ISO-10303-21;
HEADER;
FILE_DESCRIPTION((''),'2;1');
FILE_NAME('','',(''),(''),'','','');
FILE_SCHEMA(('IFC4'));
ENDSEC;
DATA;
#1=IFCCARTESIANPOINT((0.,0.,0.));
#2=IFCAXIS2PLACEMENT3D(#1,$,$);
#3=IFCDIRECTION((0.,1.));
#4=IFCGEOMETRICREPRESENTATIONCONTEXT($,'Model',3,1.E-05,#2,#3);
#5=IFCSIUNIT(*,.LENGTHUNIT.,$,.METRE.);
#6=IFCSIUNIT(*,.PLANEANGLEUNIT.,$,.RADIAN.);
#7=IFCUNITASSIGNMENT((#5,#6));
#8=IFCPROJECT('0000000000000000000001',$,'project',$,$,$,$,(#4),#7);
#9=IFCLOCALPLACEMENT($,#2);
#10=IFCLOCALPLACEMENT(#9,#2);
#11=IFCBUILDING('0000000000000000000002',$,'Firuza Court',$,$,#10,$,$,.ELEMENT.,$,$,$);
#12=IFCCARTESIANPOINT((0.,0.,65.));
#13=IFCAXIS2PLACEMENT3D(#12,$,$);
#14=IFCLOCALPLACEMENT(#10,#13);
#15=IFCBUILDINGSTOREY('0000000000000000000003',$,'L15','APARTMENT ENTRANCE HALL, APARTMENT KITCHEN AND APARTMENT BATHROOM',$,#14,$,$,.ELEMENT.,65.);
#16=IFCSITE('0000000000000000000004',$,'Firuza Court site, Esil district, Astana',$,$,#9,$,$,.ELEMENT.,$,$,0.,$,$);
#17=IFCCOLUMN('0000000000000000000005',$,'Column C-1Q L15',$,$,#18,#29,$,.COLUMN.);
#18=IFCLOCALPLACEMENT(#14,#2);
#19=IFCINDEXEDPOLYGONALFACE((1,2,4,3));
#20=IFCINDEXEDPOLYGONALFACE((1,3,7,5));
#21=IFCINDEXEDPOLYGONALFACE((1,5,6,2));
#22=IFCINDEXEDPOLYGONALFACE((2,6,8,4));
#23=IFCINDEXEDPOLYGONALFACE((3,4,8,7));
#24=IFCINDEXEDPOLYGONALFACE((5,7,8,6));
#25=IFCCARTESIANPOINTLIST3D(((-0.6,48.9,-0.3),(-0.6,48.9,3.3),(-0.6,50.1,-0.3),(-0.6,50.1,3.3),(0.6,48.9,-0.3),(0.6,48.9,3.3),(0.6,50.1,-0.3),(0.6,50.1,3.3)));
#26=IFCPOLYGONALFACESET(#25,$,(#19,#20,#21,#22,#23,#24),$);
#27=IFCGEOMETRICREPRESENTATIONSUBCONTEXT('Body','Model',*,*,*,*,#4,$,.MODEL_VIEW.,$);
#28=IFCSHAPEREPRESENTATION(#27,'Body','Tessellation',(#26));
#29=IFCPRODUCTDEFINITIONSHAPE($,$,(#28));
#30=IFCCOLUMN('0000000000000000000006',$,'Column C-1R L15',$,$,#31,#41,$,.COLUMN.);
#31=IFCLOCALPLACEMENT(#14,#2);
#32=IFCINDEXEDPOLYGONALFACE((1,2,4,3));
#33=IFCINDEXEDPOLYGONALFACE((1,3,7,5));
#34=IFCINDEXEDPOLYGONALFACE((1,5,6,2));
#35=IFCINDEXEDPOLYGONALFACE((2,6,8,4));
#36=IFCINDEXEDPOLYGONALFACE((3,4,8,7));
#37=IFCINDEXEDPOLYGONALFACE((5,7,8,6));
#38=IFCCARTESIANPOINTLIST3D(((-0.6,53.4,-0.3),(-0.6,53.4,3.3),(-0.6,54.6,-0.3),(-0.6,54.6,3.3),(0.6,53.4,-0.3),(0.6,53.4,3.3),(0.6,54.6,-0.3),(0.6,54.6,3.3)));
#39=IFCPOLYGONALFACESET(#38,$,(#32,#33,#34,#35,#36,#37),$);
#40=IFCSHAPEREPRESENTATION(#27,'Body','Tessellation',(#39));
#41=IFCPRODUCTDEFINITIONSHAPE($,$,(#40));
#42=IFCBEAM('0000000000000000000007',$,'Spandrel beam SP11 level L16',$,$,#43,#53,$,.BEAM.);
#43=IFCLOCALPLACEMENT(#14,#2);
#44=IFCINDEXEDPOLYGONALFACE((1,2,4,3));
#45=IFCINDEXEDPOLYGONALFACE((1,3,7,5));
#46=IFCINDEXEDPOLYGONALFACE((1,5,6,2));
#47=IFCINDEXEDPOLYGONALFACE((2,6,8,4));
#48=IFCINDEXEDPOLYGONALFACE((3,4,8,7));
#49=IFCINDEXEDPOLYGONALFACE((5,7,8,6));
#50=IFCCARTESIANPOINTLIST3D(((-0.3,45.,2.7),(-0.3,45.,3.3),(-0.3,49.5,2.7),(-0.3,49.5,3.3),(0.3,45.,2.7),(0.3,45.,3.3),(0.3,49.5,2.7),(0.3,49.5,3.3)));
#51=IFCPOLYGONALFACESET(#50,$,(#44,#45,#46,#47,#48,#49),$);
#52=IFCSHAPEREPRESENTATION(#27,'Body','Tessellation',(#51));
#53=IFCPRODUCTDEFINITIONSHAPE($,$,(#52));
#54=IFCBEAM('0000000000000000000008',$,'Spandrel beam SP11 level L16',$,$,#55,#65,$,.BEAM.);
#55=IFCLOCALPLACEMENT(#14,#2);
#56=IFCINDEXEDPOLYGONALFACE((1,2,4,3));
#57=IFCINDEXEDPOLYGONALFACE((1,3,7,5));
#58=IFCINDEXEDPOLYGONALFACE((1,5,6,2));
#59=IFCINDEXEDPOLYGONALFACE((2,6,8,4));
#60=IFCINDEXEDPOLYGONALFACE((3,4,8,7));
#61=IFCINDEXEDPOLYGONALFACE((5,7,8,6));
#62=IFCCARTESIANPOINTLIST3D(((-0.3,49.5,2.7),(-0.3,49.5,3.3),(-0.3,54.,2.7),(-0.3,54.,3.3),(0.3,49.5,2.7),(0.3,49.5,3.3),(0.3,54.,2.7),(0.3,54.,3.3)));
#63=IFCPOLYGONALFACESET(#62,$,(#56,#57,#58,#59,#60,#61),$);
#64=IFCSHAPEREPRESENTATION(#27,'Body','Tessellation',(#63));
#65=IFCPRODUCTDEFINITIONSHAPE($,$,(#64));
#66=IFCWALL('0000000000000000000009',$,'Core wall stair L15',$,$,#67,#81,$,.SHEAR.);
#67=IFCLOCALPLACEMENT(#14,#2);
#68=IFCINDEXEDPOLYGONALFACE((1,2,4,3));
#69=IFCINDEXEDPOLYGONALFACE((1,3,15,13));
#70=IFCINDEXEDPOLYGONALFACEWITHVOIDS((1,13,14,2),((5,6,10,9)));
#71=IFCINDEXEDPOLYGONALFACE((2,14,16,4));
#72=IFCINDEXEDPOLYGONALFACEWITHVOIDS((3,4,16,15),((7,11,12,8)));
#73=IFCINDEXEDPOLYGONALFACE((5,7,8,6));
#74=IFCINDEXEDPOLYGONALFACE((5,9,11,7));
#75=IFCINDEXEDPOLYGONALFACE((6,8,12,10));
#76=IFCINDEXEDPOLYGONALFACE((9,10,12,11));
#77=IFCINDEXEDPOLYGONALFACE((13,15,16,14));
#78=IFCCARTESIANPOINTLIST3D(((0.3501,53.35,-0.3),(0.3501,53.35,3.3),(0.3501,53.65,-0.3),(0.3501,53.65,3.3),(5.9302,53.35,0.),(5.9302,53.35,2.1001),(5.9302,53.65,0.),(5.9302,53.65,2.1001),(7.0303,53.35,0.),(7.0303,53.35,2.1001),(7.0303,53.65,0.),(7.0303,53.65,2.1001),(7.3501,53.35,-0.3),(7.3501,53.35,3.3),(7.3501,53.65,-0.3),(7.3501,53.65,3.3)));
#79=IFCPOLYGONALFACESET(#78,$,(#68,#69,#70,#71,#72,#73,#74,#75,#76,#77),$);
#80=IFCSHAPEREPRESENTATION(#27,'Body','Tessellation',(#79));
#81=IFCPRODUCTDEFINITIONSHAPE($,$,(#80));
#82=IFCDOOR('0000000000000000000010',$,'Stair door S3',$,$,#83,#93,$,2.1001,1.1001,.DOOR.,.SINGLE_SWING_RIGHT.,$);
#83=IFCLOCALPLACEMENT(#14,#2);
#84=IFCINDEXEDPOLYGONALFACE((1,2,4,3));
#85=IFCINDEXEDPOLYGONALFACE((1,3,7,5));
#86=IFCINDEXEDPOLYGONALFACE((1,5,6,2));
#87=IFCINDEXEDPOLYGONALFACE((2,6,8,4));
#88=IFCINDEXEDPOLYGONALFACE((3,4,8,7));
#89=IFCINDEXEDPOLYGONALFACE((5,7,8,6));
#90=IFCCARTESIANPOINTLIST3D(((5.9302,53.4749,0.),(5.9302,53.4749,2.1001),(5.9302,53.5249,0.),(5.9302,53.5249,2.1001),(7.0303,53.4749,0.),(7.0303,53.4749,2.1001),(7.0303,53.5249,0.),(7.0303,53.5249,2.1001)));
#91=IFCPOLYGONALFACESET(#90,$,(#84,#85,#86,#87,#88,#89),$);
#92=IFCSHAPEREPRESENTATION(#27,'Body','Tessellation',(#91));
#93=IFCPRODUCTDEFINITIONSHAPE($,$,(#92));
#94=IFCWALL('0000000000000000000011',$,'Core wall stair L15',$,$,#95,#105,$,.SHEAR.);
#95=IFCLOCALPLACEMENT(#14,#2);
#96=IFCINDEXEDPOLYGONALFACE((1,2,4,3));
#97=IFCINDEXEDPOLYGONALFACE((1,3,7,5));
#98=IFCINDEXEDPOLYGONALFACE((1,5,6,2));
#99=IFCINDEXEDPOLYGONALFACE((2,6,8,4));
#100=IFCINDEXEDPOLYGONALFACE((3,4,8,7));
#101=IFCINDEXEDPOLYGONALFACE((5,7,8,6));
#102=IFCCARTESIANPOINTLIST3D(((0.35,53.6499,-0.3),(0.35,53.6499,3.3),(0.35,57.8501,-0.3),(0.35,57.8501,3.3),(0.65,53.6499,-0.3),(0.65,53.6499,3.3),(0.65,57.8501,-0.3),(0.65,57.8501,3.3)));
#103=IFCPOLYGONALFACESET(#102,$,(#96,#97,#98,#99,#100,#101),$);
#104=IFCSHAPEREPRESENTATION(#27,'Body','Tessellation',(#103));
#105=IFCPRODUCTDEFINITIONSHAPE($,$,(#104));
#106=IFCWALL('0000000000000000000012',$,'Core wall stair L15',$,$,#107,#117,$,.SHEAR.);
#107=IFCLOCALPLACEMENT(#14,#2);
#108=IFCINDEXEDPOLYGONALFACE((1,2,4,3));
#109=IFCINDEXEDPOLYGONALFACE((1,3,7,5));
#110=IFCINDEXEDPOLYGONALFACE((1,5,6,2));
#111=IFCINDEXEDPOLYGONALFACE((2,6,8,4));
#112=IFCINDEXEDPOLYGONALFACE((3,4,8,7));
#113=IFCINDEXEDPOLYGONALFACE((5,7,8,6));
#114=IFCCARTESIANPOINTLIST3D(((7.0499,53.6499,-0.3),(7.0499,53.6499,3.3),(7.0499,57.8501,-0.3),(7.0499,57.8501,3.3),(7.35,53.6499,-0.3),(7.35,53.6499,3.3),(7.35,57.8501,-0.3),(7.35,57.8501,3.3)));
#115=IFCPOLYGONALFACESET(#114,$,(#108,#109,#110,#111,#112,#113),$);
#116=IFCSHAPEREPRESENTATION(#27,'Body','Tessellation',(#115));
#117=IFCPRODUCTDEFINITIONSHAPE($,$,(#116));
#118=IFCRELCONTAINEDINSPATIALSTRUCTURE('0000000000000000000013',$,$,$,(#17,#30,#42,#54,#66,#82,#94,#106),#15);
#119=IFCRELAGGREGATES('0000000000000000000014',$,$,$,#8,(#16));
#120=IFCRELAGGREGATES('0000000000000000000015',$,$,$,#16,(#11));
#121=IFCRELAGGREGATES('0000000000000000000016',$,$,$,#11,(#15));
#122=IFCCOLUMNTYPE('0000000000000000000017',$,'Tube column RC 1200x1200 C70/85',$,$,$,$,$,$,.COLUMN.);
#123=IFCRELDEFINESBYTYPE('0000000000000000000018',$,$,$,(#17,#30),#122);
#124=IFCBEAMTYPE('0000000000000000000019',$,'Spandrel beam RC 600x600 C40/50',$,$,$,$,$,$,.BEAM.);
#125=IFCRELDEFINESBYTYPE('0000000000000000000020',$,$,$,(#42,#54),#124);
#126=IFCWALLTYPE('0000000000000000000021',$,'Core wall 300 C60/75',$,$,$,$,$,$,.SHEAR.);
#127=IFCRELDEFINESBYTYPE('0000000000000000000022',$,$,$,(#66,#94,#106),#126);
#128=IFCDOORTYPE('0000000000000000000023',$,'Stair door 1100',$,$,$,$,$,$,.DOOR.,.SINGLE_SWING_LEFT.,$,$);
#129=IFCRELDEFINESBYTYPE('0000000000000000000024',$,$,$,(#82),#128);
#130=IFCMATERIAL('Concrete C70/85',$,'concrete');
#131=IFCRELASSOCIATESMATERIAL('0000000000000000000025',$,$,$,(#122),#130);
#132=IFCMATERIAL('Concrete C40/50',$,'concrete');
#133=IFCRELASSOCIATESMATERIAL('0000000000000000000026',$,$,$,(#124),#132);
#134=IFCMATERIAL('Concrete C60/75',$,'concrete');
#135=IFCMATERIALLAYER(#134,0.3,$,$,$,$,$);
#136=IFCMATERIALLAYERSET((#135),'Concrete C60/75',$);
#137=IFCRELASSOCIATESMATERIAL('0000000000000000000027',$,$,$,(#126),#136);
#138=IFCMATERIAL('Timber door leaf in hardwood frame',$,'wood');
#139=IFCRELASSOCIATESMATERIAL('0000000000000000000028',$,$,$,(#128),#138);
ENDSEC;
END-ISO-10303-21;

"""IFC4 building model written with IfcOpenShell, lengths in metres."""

from ifc_helpers import new_model, si_unit, direction, frame, frame_2d, origin, origin_2d, place, context, subcontext, project, spatial, rectangle, extrude, material, layer, layer_set, material_profile, profile_set, type_object, element, fill, save


model = new_model("IFC4")

# Units and contexts
model_context = context("Model", 3, precision=1e-05, world=origin(), true_north=direction((0.0, 1.0)))
body_context = subcontext(model_context, "Body", "Model", "MODEL_VIEW")
ifc_project = project(units=[si_unit("LENGTHUNIT", "METRE"), si_unit("PLANEANGLEUNIT", "RADIAN")], contexts=[model_context])

# Site, building, storey
site_placement = place(None, origin())
site = spatial("IfcSite", under=ifc_project, at=site_placement, Name="Firuza Court site, Esil district, Astana", CompositionType="ELEMENT", RefElevation=0.0)
building_placement = place(site_placement, origin())
building = spatial("IfcBuilding", under=site, at=building_placement, Name="Firuza Court", CompositionType="ELEMENT")
storey_placement = place(building_placement, frame((0.0, 0.0, 65.0)))
storey = spatial("IfcBuildingStorey", under=building, at=storey_placement, Name="L15", Description="APARTMENT ENTRANCE HALL, APARTMENT KITCHEN AND APARTMENT BATHROOM", CompositionType="ELEMENT", Elevation=65.0)

# Columns
ifc_material_1 = material(Name="Concrete C70/85", Category="concrete")
ifc_material_profile_1 = material_profile(ifc_material_1, rectangle(XDim=1.2, YDim=1.2, at=origin_2d()), Name="RC 1200x1200")
ifc_profile_set_1 = profile_set([ifc_material_profile_1], Name="Concrete C70/85")
column_type = type_object("IfcColumnType", Name="Tube column RC 1200x1200 C70/85", PredefinedType="COLUMN", material=ifc_profile_set_1)
for number, where, z_axis, x_axis, name in (
    (1, (0.0, 49.5, -0.3), (0.0, 0.0, 1.0), (1.0, 0.0, 0.0), "Column C-1Q L15"),
    (2, (0.0, 54.0, -0.3), (0.0, 0.0, 1.0), (1.0, 0.0, 0.0), "Column C-1R L15"),
):
    element("IfcColumn", number, at=place(storey_placement, frame(where, z_axis=z_axis, x_axis=x_axis)), inside=storey, type_object=column_type, Name=name, PredefinedType="COLUMN", context=body_context, shape_type="SweptSolid", body=[
        extrude(rectangle(XDim=1.2, YDim=1.2, at=origin_2d()), origin(), (0.0, 0.0, 1.0), 3.6001),
    ])

# Beams
ifc_material_2 = material(Name="Concrete C40/50", Category="concrete")
ifc_material_profile_2 = material_profile(ifc_material_2, rectangle(XDim=0.6001, YDim=0.6001, at=origin_2d()), Name="RC 600x600")
ifc_profile_set_2 = profile_set([ifc_material_profile_2], Name="Concrete C40/50")
beam_type = type_object("IfcBeamType", Name="Spandrel beam RC 600x600 C40/50", PredefinedType="BEAM", material=ifc_profile_set_2)
for number, where, z_axis, x_axis, name in (
    (3, (0.0, 49.5, 3.0), (0.0, -1.0, 0.0), (1.0, 0.0, 0.0), "Spandrel beam SP11 level L16"),
    (4, (0.0, 54.0, 3.0), (0.0, -1.0, 0.0), (1.0, 0.0, 0.0), "Spandrel beam SP11 level L16"),
):
    element("IfcBeam", number, at=place(storey_placement, frame(where, z_axis=z_axis, x_axis=x_axis)), inside=storey, type_object=beam_type, Name=name, PredefinedType="BEAM", context=body_context, shape_type="SweptSolid", body=[
        extrude(rectangle(XDim=0.6001, YDim=0.6001, at=origin_2d()), origin(), (0.0, 0.0, 1.0), 4.5),
    ])

# Wall, opening, door
ifc_material_3 = material(Name="Concrete C60/75", Category="concrete")
ifc_layer_1 = layer(ifc_material_3, 0.3)
ifc_layer_set_1 = layer_set([ifc_layer_1], Name="Concrete C60/75")
wall_type_1 = type_object("IfcWallType", Name="Core wall 300 C60/75", PredefinedType="SHEAR", material=ifc_layer_set_1)
wall_1_placement = place(storey_placement, frame((0.3501, 53.5, -0.3), z_axis=(0.0, 0.0, 1.0), x_axis=(1.0, 0.0, 0.0)))
wall_1 = element("IfcWall", 5, at=wall_1_placement, inside=storey, type_object=wall_type_1, Name="Core wall stair L15", PredefinedType="SHEAR", context=body_context, shape_type="SweptSolid", body=[
    extrude(rectangle(XDim=7.0, YDim=0.3, at=frame_2d((3.5, 0.0))), origin(), (0.0, 0.0, 1.0), 3.6001),
])
opening_1_placement = place(wall_1_placement, frame((5.5801, 0.0, 0.3)))
opening_1 = element("IfcOpeningElement", 6, at=opening_1_placement, cuts=wall_1, PredefinedType="OPENING", context=body_context, shape_type="SweptSolid", body=[
    extrude(rectangle(XDim=1.1001, YDim=2.1001, at=frame_2d((0.55, 1.05))), frame((0.0, 0.1621, 0.0), z_axis=(0.0, -1.0, 0.0), x_axis=(1.0, 0.0, 0.0)), (0.0, 0.0, 1.0), 0.324),
])
ifc_material_4 = material(Name="Timber door leaf in hardwood frame", Category="wood")
door_type_1 = type_object("IfcDoorType", Name="Stair door 1100", OperationType="SINGLE_SWING_LEFT", PredefinedType="DOOR", material=ifc_material_4)
door_1_placement = place(opening_1_placement, origin())
door_1 = element("IfcDoor", 7, at=door_1_placement, inside=storey, type_object=door_type_1, Name="Stair door S3", OperationType="SINGLE_SWING_RIGHT", OverallHeight=2.1001, OverallWidth=1.1001, PredefinedType="DOOR", context=body_context, shape_type="SweptSolid", body=[
    extrude(rectangle(XDim=1.1001, YDim=2.1001, at=frame_2d((0.55, 1.05))), frame((0.0, 0.0249, 0.0), z_axis=(0.0, -1.0, 0.0), x_axis=(1.0, 0.0, 0.0)), (0.0, 0.0, 1.0), 0.05),
])
fill(opening_1, door_1)

# Walls
for number, where, z_axis, x_axis, name in (
    (8, (0.5, 53.6499, -0.3), (0.0, 0.0, 1.0), (0.0, 1.0, 0.0), "Core wall stair L15"),
    (9, (7.2, 53.6499, -0.3), (0.0, 0.0, 1.0), (0.0, 1.0, 0.0), "Core wall stair L15"),
):
    element("IfcWall", number, at=place(storey_placement, frame(where, z_axis=z_axis, x_axis=x_axis)), inside=storey, type_object=wall_type_1, Name=name, PredefinedType="SHEAR", context=body_context, shape_type="SweptSolid", body=[
        extrude(rectangle(XDim=4.2002, YDim=0.3, at=frame_2d((2.1001, 0.0))), origin(), (0.0, 0.0, 1.0), 3.6001),
    ])

save(model, "model.ifc")
